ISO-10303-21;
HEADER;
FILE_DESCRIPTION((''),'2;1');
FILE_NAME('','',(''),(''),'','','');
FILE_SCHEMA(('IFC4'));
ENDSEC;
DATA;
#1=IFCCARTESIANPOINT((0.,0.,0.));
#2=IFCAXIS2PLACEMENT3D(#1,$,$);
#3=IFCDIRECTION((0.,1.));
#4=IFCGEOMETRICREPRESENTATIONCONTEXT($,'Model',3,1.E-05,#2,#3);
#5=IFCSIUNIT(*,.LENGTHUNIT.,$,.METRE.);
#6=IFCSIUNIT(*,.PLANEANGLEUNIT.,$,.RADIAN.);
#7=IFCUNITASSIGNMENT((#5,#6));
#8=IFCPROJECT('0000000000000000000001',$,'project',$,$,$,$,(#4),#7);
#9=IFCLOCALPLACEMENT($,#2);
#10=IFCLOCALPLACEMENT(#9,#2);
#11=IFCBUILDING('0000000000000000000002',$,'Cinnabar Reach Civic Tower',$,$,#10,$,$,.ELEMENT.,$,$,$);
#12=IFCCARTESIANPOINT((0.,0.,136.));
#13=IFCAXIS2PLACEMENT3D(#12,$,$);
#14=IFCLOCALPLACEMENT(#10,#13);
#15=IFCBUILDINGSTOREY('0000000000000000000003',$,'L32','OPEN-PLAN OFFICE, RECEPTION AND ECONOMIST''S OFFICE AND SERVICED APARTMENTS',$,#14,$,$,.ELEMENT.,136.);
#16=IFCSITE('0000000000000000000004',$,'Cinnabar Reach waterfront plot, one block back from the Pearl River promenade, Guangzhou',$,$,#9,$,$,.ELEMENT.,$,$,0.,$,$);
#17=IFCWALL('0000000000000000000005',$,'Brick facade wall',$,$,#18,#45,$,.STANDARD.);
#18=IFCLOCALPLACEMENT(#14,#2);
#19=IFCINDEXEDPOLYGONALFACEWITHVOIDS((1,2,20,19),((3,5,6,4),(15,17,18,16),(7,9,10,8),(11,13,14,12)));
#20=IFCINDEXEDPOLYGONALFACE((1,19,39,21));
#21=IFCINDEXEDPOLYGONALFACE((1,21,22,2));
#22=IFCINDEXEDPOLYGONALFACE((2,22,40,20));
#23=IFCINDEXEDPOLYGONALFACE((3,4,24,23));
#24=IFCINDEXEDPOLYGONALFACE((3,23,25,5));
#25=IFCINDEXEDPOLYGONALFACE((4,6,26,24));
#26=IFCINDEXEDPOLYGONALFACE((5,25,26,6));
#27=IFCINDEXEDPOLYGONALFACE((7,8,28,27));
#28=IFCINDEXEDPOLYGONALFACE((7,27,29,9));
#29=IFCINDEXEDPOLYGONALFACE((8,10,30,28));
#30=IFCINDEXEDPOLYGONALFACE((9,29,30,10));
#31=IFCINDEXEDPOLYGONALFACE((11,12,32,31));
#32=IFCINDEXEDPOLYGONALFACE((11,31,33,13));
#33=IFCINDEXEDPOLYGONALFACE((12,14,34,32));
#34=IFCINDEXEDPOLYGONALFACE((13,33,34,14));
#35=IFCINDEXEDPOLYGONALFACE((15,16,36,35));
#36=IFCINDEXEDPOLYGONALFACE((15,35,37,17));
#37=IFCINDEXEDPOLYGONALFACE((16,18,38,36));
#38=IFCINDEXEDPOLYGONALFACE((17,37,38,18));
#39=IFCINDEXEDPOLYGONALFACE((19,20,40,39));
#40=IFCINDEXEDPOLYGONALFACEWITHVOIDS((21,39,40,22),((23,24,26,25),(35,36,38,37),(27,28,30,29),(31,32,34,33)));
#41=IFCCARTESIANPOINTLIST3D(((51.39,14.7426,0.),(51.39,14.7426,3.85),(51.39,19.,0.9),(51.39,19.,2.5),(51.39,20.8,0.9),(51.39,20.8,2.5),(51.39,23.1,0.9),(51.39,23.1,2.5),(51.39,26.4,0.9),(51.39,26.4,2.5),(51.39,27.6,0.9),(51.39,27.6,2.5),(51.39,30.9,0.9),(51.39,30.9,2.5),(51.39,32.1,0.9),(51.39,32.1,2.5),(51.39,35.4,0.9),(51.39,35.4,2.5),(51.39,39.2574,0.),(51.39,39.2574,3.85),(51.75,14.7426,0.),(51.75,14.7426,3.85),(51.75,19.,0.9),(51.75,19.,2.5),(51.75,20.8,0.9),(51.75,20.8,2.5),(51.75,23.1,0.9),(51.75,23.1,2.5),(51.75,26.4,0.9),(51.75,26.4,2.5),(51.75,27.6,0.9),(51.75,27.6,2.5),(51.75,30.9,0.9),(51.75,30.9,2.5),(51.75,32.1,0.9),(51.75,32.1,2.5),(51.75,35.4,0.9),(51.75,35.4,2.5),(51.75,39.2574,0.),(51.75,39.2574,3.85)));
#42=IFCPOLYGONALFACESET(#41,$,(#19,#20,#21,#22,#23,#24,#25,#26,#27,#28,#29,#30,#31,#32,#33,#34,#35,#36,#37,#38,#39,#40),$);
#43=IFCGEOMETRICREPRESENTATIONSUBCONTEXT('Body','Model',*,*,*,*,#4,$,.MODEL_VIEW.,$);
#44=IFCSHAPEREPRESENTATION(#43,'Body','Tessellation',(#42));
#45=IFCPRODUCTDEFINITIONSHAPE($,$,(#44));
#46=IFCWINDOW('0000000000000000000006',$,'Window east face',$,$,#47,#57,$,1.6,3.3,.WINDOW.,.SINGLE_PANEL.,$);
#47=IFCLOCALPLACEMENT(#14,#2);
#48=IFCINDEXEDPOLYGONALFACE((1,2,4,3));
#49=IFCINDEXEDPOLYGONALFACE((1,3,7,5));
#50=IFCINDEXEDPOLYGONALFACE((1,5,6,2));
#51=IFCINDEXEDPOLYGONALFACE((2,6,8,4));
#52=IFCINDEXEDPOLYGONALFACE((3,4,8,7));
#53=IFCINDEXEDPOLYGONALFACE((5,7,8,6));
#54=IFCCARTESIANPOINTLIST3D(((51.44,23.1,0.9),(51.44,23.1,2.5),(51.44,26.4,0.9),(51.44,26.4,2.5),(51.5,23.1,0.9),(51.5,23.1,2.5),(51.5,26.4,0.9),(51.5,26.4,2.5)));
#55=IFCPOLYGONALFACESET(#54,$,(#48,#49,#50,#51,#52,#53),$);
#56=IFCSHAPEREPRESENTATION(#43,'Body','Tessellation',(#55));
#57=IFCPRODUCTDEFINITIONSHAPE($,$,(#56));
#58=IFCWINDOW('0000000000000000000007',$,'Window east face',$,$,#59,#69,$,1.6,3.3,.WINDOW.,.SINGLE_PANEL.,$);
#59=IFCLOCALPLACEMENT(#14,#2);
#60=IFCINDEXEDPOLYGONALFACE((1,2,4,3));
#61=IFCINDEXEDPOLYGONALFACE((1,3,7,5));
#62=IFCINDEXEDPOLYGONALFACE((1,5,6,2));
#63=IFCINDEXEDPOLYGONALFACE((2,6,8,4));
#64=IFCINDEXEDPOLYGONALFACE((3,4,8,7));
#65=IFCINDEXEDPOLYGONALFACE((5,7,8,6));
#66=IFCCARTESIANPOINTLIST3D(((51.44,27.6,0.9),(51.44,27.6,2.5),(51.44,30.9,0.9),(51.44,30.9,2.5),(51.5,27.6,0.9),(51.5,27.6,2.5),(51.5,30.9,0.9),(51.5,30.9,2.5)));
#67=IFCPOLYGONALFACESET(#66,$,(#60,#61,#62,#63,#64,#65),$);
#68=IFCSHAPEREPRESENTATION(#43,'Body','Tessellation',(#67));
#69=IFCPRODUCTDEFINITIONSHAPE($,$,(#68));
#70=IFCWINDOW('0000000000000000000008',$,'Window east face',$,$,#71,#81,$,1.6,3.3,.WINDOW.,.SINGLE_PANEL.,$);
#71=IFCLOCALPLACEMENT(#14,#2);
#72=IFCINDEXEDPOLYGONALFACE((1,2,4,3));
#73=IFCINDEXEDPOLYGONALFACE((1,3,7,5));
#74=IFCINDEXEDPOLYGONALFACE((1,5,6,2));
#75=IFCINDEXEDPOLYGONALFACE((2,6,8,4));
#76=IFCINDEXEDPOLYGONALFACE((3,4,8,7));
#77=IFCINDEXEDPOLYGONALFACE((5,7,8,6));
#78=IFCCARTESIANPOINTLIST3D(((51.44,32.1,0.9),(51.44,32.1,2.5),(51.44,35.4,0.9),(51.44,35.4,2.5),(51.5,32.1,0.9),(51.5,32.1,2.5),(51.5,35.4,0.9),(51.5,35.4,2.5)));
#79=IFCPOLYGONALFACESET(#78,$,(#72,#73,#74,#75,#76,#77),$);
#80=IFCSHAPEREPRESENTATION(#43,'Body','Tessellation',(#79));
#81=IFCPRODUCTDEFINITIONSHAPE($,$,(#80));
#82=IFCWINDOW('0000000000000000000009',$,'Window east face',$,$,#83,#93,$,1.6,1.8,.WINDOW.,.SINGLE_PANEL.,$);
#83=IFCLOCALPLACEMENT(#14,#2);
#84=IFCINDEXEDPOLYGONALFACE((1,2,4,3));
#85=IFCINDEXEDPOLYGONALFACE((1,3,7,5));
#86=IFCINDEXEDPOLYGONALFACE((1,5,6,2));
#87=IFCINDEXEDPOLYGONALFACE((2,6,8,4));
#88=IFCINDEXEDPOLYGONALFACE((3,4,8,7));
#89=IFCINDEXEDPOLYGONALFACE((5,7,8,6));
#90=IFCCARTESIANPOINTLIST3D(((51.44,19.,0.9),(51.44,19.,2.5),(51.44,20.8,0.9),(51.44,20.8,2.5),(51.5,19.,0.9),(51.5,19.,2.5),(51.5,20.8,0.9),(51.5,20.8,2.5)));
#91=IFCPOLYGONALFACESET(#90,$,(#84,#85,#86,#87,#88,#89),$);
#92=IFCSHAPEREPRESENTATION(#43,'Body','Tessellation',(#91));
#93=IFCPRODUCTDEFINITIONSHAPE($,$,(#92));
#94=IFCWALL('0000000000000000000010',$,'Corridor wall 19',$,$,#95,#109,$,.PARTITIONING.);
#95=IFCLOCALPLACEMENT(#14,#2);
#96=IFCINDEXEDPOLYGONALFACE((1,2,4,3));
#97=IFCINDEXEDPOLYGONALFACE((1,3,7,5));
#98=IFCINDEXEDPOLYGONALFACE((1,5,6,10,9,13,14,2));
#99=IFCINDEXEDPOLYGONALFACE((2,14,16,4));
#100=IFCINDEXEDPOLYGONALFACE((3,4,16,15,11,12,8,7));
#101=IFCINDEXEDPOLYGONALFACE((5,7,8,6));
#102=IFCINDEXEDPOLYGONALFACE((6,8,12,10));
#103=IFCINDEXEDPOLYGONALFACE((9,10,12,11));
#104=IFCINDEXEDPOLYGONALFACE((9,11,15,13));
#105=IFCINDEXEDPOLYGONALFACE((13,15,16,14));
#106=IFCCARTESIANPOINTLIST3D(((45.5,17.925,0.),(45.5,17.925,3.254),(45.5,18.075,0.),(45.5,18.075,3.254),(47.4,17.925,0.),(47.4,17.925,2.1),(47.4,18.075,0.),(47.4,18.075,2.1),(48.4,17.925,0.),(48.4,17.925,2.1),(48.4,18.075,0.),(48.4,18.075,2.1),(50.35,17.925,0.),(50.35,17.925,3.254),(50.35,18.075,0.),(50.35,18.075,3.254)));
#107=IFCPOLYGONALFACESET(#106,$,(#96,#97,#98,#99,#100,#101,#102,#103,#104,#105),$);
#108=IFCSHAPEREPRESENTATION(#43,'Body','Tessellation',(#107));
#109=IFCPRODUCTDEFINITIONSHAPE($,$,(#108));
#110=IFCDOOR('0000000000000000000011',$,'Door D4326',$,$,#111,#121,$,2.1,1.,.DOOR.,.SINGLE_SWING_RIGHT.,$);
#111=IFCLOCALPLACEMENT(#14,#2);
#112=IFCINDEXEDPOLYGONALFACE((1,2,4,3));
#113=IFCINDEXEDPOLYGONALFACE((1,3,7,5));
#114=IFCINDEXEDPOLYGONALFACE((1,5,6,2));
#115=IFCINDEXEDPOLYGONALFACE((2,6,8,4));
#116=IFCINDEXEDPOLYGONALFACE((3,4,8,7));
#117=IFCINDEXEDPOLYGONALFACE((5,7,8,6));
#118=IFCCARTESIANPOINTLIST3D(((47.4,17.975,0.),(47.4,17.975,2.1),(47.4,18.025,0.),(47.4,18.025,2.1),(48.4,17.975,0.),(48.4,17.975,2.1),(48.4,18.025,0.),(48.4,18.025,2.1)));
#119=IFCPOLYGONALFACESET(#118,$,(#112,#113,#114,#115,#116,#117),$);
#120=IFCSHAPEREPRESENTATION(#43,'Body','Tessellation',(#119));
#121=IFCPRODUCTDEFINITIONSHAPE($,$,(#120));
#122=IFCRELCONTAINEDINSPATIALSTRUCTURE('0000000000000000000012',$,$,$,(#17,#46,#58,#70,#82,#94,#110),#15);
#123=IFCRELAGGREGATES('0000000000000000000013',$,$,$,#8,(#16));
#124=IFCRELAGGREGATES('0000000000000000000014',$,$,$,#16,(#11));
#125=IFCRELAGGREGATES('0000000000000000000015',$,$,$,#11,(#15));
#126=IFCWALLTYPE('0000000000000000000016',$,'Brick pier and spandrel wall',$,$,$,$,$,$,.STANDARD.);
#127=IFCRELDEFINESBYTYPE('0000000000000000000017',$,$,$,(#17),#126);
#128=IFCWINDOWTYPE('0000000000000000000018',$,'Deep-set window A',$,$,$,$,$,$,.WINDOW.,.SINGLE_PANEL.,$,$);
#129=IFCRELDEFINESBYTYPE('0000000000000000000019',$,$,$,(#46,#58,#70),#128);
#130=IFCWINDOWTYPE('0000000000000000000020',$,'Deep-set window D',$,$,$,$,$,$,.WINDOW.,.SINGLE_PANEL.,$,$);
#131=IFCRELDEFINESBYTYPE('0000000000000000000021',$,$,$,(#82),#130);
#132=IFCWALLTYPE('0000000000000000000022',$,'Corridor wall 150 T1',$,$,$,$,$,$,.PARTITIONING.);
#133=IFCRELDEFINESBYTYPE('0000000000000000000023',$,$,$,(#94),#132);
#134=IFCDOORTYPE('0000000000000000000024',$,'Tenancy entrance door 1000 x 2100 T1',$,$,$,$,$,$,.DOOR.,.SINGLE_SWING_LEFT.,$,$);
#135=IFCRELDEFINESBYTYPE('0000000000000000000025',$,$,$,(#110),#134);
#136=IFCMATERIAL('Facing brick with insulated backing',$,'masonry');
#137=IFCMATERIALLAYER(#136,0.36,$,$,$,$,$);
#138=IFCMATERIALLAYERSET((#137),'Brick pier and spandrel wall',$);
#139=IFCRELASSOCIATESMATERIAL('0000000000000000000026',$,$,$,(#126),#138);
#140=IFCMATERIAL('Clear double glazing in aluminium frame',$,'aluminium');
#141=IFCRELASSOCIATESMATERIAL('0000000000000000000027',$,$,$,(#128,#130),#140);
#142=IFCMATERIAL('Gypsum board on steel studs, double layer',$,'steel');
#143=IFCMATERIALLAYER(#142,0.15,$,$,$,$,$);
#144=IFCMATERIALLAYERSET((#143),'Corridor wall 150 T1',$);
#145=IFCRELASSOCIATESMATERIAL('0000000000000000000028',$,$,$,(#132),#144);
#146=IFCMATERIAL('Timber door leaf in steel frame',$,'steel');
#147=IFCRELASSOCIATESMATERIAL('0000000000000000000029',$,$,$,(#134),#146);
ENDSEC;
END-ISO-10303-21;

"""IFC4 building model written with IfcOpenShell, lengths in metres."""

from ifc_helpers import new_model, si_unit, direction, frame, frame_2d, origin, place, context, subcontext, project, spatial, rectangle, extrude, material, layer, layer_set, type_object, element, fill, save


model = new_model("IFC4")

# Units and contexts
model_context = context("Model", 3, precision=1e-05, world=origin(), true_north=direction((0.0, 1.0)))
body_context = subcontext(model_context, "Body", "Model", "MODEL_VIEW")
ifc_project = project(units=[si_unit("LENGTHUNIT", "METRE"), si_unit("PLANEANGLEUNIT", "RADIAN")], contexts=[model_context])

# Site, building, storey
site_placement = place(None, origin())
site = spatial("IfcSite", under=ifc_project, at=site_placement, Name="Cinnabar Reach waterfront plot, one block back from the Pearl River promenade, Guangzhou", CompositionType="ELEMENT", RefElevation=0.0)
building_placement = place(site_placement, origin())
building = spatial("IfcBuilding", under=site, at=building_placement, Name="Cinnabar Reach Civic Tower", CompositionType="ELEMENT")
storey_placement = place(building_placement, frame((0.0, 0.0, 136.0)))
storey = spatial("IfcBuildingStorey", under=building, at=storey_placement, Name="L32", Description="OPEN-PLAN OFFICE, RECEPTION AND ECONOMIST'S OFFICE AND SERVICED APARTMENTS", CompositionType="ELEMENT", Elevation=136.0)

# Shared definitions
ifc_material_1 = material(Name="Facing brick with insulated backing", Category="masonry")

# Wall, openings, windows
ifc_layer_1 = layer(ifc_material_1, 0.36)
ifc_layer_set_1 = layer_set([ifc_layer_1], Name="Brick pier and spandrel wall")
wall_type_1 = type_object("IfcWallType", Name="Brick pier and spandrel wall", PredefinedType="STANDARD", material=ifc_layer_set_1)
wall_1_placement = place(storey_placement, frame((51.57, 14.7426, 0.0), z_axis=(0.0, 0.0, 1.0), x_axis=(0.0, 1.0, 0.0)))
wall_1 = element("IfcWall", 1, at=wall_1_placement, inside=storey, type_object=wall_type_1, Name="Brick facade wall", PredefinedType="STANDARD", context=body_context, shape_type="SweptSolid", body=[
    extrude(rectangle(XDim=24.5148, YDim=0.36, at=frame_2d((12.2574, 0.0))), origin(), (0.0, 0.0, 1.0), 3.85),
])
opening_1_placement = place(wall_1_placement, frame((4.2574, 0.0, 0.9)))
opening_1 = element("IfcOpeningElement", 2, at=opening_1_placement, cuts=wall_1, PredefinedType="OPENING", context=body_context, shape_type="SweptSolid", body=[
    extrude(rectangle(XDim=1.8, YDim=1.6, at=frame_2d((0.9, 0.8))), frame((0.0, 0.19, 0.0), z_axis=(0.0, -1.0, 0.0), x_axis=(1.0, 0.0, 0.0)), (0.0, 0.0, 1.0), 0.38),
])
opening_2_placement = place(wall_1_placement, frame((8.3574, 0.0, 0.9)))
opening_2 = element("IfcOpeningElement", 3, at=opening_2_placement, cuts=wall_1, PredefinedType="OPENING", context=body_context, shape_type="SweptSolid", body=[
    extrude(rectangle(XDim=3.3, YDim=1.6, at=frame_2d((1.65, 0.8))), frame((0.0, 0.19, 0.0), z_axis=(0.0, -1.0, 0.0), x_axis=(1.0, 0.0, 0.0)), (0.0, 0.0, 1.0), 0.38),
])
opening_3_placement = place(wall_1_placement, frame((12.8574, 0.0, 0.9)))
opening_3 = element("IfcOpeningElement", 4, at=opening_3_placement, cuts=wall_1, PredefinedType="OPENING", context=body_context, shape_type="SweptSolid", body=[
    extrude(rectangle(XDim=3.3, YDim=1.6, at=frame_2d((1.65, 0.8))), frame((0.0, 0.19, 0.0), z_axis=(0.0, -1.0, 0.0), x_axis=(1.0, 0.0, 0.0)), (0.0, 0.0, 1.0), 0.38),
])
opening_4_placement = place(wall_1_placement, frame((17.3574, 0.0, 0.9)))
opening_4 = element("IfcOpeningElement", 5, at=opening_4_placement, cuts=wall_1, PredefinedType="OPENING", context=body_context, shape_type="SweptSolid", body=[
    extrude(rectangle(XDim=3.3, YDim=1.6, at=frame_2d((1.65, 0.8))), frame((0.0, 0.19, 0.0), z_axis=(0.0, -1.0, 0.0), x_axis=(1.0, 0.0, 0.0)), (0.0, 0.0, 1.0), 0.38),
])
ifc_material_2 = material(Name="Clear double glazing in aluminium frame", Category="aluminium")
window_type_1 = type_object("IfcWindowType", Name="Deep-set window A", PartitioningType="SINGLE_PANEL", PredefinedType="WINDOW", material=ifc_material_2)
window_1_placement = place(opening_2_placement, origin())
window_1 = element("IfcWindow", 6, at=window_1_placement, inside=storey, type_object=window_type_1, Name="Window east face", OverallHeight=1.6, OverallWidth=3.3, PartitioningType="SINGLE_PANEL", PredefinedType="WINDOW", context=body_context, shape_type="SweptSolid", body=[
    extrude(rectangle(XDim=3.3, YDim=1.6, at=frame_2d((1.65, 0.8))), frame((0.0, 0.13, 0.0), z_axis=(0.0, -1.0, 0.0), x_axis=(1.0, 0.0, 0.0)), (0.0, 0.0, 1.0), 0.06),
])
fill(opening_2, window_1)
window_2_placement = place(opening_3_placement, origin())
window_2 = element("IfcWindow", 7, at=window_2_placement, inside=storey, type_object=window_type_1, Name="Window east face", OverallHeight=1.6, OverallWidth=3.3, PartitioningType="SINGLE_PANEL", PredefinedType="WINDOW", context=body_context, shape_type="SweptSolid", body=[
    extrude(rectangle(XDim=3.3, YDim=1.6, at=frame_2d((1.65, 0.8))), frame((0.0, 0.13, 0.0), z_axis=(0.0, -1.0, 0.0), x_axis=(1.0, 0.0, 0.0)), (0.0, 0.0, 1.0), 0.06),
])
fill(opening_3, window_2)
window_3_placement = place(opening_4_placement, origin())
window_3 = element("IfcWindow", 8, at=window_3_placement, inside=storey, type_object=window_type_1, Name="Window east face", OverallHeight=1.6, OverallWidth=3.3, PartitioningType="SINGLE_PANEL", PredefinedType="WINDOW", context=body_context, shape_type="SweptSolid", body=[
    extrude(rectangle(XDim=3.3, YDim=1.6, at=frame_2d((1.65, 0.8))), frame((0.0, 0.13, 0.0), z_axis=(0.0, -1.0, 0.0), x_axis=(1.0, 0.0, 0.0)), (0.0, 0.0, 1.0), 0.06),
])
fill(opening_4, window_3)
window_type_2 = type_object("IfcWindowType", Name="Deep-set window D", PartitioningType="SINGLE_PANEL", PredefinedType="WINDOW", material=ifc_material_2)
window_4_placement = place(opening_1_placement, origin())
window_4 = element("IfcWindow", 9, at=window_4_placement, inside=storey, type_object=window_type_2, Name="Window east face", OverallHeight=1.6, OverallWidth=1.8, PartitioningType="SINGLE_PANEL", PredefinedType="WINDOW", context=body_context, shape_type="SweptSolid", body=[
    extrude(rectangle(XDim=1.8, YDim=1.6, at=frame_2d((0.9, 0.8))), frame((0.0, 0.13, 0.0), z_axis=(0.0, -1.0, 0.0), x_axis=(1.0, 0.0, 0.0)), (0.0, 0.0, 1.0), 0.06),
])
fill(opening_1, window_4)

# Wall, opening, door
ifc_material_3 = material(Name="Gypsum board on steel studs, double layer", Category="steel")
ifc_layer_2 = layer(ifc_material_3, 0.15)
ifc_layer_set_2 = layer_set([ifc_layer_2], Name="Corridor wall 150 T1")
wall_type_2 = type_object("IfcWallType", Name="Corridor wall 150 T1", PredefinedType="PARTITIONING", material=ifc_layer_set_2)
wall_2_placement = place(storey_placement, frame((45.5, 18.0, 0.0), z_axis=(0.0, 0.0, 1.0), x_axis=(1.0, 0.0, 0.0)))
wall_2 = element("IfcWall", 10, at=wall_2_placement, inside=storey, type_object=wall_type_2, Name="Corridor wall 19", PredefinedType="PARTITIONING", context=body_context, shape_type="SweptSolid", body=[
    extrude(rectangle(XDim=4.85, YDim=0.15, at=frame_2d((2.425, 0.0))), origin(), (0.0, 0.0, 1.0), 3.254),
])
opening_5_placement = place(wall_2_placement, frame((1.9, 0.0, 0.0)))
opening_5 = element("IfcOpeningElement", 11, at=opening_5_placement, cuts=wall_2, PredefinedType="OPENING", context=body_context, shape_type="SweptSolid", body=[
    extrude(rectangle(XDim=1.0, YDim=2.1, at=frame_2d((0.5, 1.05))), frame((0.0, 0.085, 0.0), z_axis=(0.0, -1.0, 0.0), x_axis=(1.0, 0.0, 0.0)), (0.0, 0.0, 1.0), 0.17),
])
ifc_material_4 = material(Name="Timber door leaf in steel frame", Category="steel")
door_type = type_object("IfcDoorType", Name="Tenancy entrance door 1000 x 2100 T1", OperationType="SINGLE_SWING_LEFT", PredefinedType="DOOR", material=ifc_material_4)
door_placement = place(opening_5_placement, frame((1.0, 0.0, 0.0), z_axis=(0.0, 0.0, 1.0), x_axis=(-1.0, 0.0, 0.0)))
door = element("IfcDoor", 12, at=door_placement, inside=storey, type_object=door_type, Name="Door D4326", OperationType="SINGLE_SWING_RIGHT", OverallHeight=2.1, OverallWidth=1.0, PredefinedType="DOOR", context=body_context, shape_type="SweptSolid", body=[
    extrude(rectangle(XDim=1.0, YDim=2.1, at=frame_2d((0.5, 1.05))), frame((0.0, 0.025, 0.0), z_axis=(0.0, -1.0, 0.0), x_axis=(1.0, 0.0, 0.0)), (0.0, 0.0, 1.0), 0.05),
])
fill(opening_5, door)

save(model, "model.ifc")
